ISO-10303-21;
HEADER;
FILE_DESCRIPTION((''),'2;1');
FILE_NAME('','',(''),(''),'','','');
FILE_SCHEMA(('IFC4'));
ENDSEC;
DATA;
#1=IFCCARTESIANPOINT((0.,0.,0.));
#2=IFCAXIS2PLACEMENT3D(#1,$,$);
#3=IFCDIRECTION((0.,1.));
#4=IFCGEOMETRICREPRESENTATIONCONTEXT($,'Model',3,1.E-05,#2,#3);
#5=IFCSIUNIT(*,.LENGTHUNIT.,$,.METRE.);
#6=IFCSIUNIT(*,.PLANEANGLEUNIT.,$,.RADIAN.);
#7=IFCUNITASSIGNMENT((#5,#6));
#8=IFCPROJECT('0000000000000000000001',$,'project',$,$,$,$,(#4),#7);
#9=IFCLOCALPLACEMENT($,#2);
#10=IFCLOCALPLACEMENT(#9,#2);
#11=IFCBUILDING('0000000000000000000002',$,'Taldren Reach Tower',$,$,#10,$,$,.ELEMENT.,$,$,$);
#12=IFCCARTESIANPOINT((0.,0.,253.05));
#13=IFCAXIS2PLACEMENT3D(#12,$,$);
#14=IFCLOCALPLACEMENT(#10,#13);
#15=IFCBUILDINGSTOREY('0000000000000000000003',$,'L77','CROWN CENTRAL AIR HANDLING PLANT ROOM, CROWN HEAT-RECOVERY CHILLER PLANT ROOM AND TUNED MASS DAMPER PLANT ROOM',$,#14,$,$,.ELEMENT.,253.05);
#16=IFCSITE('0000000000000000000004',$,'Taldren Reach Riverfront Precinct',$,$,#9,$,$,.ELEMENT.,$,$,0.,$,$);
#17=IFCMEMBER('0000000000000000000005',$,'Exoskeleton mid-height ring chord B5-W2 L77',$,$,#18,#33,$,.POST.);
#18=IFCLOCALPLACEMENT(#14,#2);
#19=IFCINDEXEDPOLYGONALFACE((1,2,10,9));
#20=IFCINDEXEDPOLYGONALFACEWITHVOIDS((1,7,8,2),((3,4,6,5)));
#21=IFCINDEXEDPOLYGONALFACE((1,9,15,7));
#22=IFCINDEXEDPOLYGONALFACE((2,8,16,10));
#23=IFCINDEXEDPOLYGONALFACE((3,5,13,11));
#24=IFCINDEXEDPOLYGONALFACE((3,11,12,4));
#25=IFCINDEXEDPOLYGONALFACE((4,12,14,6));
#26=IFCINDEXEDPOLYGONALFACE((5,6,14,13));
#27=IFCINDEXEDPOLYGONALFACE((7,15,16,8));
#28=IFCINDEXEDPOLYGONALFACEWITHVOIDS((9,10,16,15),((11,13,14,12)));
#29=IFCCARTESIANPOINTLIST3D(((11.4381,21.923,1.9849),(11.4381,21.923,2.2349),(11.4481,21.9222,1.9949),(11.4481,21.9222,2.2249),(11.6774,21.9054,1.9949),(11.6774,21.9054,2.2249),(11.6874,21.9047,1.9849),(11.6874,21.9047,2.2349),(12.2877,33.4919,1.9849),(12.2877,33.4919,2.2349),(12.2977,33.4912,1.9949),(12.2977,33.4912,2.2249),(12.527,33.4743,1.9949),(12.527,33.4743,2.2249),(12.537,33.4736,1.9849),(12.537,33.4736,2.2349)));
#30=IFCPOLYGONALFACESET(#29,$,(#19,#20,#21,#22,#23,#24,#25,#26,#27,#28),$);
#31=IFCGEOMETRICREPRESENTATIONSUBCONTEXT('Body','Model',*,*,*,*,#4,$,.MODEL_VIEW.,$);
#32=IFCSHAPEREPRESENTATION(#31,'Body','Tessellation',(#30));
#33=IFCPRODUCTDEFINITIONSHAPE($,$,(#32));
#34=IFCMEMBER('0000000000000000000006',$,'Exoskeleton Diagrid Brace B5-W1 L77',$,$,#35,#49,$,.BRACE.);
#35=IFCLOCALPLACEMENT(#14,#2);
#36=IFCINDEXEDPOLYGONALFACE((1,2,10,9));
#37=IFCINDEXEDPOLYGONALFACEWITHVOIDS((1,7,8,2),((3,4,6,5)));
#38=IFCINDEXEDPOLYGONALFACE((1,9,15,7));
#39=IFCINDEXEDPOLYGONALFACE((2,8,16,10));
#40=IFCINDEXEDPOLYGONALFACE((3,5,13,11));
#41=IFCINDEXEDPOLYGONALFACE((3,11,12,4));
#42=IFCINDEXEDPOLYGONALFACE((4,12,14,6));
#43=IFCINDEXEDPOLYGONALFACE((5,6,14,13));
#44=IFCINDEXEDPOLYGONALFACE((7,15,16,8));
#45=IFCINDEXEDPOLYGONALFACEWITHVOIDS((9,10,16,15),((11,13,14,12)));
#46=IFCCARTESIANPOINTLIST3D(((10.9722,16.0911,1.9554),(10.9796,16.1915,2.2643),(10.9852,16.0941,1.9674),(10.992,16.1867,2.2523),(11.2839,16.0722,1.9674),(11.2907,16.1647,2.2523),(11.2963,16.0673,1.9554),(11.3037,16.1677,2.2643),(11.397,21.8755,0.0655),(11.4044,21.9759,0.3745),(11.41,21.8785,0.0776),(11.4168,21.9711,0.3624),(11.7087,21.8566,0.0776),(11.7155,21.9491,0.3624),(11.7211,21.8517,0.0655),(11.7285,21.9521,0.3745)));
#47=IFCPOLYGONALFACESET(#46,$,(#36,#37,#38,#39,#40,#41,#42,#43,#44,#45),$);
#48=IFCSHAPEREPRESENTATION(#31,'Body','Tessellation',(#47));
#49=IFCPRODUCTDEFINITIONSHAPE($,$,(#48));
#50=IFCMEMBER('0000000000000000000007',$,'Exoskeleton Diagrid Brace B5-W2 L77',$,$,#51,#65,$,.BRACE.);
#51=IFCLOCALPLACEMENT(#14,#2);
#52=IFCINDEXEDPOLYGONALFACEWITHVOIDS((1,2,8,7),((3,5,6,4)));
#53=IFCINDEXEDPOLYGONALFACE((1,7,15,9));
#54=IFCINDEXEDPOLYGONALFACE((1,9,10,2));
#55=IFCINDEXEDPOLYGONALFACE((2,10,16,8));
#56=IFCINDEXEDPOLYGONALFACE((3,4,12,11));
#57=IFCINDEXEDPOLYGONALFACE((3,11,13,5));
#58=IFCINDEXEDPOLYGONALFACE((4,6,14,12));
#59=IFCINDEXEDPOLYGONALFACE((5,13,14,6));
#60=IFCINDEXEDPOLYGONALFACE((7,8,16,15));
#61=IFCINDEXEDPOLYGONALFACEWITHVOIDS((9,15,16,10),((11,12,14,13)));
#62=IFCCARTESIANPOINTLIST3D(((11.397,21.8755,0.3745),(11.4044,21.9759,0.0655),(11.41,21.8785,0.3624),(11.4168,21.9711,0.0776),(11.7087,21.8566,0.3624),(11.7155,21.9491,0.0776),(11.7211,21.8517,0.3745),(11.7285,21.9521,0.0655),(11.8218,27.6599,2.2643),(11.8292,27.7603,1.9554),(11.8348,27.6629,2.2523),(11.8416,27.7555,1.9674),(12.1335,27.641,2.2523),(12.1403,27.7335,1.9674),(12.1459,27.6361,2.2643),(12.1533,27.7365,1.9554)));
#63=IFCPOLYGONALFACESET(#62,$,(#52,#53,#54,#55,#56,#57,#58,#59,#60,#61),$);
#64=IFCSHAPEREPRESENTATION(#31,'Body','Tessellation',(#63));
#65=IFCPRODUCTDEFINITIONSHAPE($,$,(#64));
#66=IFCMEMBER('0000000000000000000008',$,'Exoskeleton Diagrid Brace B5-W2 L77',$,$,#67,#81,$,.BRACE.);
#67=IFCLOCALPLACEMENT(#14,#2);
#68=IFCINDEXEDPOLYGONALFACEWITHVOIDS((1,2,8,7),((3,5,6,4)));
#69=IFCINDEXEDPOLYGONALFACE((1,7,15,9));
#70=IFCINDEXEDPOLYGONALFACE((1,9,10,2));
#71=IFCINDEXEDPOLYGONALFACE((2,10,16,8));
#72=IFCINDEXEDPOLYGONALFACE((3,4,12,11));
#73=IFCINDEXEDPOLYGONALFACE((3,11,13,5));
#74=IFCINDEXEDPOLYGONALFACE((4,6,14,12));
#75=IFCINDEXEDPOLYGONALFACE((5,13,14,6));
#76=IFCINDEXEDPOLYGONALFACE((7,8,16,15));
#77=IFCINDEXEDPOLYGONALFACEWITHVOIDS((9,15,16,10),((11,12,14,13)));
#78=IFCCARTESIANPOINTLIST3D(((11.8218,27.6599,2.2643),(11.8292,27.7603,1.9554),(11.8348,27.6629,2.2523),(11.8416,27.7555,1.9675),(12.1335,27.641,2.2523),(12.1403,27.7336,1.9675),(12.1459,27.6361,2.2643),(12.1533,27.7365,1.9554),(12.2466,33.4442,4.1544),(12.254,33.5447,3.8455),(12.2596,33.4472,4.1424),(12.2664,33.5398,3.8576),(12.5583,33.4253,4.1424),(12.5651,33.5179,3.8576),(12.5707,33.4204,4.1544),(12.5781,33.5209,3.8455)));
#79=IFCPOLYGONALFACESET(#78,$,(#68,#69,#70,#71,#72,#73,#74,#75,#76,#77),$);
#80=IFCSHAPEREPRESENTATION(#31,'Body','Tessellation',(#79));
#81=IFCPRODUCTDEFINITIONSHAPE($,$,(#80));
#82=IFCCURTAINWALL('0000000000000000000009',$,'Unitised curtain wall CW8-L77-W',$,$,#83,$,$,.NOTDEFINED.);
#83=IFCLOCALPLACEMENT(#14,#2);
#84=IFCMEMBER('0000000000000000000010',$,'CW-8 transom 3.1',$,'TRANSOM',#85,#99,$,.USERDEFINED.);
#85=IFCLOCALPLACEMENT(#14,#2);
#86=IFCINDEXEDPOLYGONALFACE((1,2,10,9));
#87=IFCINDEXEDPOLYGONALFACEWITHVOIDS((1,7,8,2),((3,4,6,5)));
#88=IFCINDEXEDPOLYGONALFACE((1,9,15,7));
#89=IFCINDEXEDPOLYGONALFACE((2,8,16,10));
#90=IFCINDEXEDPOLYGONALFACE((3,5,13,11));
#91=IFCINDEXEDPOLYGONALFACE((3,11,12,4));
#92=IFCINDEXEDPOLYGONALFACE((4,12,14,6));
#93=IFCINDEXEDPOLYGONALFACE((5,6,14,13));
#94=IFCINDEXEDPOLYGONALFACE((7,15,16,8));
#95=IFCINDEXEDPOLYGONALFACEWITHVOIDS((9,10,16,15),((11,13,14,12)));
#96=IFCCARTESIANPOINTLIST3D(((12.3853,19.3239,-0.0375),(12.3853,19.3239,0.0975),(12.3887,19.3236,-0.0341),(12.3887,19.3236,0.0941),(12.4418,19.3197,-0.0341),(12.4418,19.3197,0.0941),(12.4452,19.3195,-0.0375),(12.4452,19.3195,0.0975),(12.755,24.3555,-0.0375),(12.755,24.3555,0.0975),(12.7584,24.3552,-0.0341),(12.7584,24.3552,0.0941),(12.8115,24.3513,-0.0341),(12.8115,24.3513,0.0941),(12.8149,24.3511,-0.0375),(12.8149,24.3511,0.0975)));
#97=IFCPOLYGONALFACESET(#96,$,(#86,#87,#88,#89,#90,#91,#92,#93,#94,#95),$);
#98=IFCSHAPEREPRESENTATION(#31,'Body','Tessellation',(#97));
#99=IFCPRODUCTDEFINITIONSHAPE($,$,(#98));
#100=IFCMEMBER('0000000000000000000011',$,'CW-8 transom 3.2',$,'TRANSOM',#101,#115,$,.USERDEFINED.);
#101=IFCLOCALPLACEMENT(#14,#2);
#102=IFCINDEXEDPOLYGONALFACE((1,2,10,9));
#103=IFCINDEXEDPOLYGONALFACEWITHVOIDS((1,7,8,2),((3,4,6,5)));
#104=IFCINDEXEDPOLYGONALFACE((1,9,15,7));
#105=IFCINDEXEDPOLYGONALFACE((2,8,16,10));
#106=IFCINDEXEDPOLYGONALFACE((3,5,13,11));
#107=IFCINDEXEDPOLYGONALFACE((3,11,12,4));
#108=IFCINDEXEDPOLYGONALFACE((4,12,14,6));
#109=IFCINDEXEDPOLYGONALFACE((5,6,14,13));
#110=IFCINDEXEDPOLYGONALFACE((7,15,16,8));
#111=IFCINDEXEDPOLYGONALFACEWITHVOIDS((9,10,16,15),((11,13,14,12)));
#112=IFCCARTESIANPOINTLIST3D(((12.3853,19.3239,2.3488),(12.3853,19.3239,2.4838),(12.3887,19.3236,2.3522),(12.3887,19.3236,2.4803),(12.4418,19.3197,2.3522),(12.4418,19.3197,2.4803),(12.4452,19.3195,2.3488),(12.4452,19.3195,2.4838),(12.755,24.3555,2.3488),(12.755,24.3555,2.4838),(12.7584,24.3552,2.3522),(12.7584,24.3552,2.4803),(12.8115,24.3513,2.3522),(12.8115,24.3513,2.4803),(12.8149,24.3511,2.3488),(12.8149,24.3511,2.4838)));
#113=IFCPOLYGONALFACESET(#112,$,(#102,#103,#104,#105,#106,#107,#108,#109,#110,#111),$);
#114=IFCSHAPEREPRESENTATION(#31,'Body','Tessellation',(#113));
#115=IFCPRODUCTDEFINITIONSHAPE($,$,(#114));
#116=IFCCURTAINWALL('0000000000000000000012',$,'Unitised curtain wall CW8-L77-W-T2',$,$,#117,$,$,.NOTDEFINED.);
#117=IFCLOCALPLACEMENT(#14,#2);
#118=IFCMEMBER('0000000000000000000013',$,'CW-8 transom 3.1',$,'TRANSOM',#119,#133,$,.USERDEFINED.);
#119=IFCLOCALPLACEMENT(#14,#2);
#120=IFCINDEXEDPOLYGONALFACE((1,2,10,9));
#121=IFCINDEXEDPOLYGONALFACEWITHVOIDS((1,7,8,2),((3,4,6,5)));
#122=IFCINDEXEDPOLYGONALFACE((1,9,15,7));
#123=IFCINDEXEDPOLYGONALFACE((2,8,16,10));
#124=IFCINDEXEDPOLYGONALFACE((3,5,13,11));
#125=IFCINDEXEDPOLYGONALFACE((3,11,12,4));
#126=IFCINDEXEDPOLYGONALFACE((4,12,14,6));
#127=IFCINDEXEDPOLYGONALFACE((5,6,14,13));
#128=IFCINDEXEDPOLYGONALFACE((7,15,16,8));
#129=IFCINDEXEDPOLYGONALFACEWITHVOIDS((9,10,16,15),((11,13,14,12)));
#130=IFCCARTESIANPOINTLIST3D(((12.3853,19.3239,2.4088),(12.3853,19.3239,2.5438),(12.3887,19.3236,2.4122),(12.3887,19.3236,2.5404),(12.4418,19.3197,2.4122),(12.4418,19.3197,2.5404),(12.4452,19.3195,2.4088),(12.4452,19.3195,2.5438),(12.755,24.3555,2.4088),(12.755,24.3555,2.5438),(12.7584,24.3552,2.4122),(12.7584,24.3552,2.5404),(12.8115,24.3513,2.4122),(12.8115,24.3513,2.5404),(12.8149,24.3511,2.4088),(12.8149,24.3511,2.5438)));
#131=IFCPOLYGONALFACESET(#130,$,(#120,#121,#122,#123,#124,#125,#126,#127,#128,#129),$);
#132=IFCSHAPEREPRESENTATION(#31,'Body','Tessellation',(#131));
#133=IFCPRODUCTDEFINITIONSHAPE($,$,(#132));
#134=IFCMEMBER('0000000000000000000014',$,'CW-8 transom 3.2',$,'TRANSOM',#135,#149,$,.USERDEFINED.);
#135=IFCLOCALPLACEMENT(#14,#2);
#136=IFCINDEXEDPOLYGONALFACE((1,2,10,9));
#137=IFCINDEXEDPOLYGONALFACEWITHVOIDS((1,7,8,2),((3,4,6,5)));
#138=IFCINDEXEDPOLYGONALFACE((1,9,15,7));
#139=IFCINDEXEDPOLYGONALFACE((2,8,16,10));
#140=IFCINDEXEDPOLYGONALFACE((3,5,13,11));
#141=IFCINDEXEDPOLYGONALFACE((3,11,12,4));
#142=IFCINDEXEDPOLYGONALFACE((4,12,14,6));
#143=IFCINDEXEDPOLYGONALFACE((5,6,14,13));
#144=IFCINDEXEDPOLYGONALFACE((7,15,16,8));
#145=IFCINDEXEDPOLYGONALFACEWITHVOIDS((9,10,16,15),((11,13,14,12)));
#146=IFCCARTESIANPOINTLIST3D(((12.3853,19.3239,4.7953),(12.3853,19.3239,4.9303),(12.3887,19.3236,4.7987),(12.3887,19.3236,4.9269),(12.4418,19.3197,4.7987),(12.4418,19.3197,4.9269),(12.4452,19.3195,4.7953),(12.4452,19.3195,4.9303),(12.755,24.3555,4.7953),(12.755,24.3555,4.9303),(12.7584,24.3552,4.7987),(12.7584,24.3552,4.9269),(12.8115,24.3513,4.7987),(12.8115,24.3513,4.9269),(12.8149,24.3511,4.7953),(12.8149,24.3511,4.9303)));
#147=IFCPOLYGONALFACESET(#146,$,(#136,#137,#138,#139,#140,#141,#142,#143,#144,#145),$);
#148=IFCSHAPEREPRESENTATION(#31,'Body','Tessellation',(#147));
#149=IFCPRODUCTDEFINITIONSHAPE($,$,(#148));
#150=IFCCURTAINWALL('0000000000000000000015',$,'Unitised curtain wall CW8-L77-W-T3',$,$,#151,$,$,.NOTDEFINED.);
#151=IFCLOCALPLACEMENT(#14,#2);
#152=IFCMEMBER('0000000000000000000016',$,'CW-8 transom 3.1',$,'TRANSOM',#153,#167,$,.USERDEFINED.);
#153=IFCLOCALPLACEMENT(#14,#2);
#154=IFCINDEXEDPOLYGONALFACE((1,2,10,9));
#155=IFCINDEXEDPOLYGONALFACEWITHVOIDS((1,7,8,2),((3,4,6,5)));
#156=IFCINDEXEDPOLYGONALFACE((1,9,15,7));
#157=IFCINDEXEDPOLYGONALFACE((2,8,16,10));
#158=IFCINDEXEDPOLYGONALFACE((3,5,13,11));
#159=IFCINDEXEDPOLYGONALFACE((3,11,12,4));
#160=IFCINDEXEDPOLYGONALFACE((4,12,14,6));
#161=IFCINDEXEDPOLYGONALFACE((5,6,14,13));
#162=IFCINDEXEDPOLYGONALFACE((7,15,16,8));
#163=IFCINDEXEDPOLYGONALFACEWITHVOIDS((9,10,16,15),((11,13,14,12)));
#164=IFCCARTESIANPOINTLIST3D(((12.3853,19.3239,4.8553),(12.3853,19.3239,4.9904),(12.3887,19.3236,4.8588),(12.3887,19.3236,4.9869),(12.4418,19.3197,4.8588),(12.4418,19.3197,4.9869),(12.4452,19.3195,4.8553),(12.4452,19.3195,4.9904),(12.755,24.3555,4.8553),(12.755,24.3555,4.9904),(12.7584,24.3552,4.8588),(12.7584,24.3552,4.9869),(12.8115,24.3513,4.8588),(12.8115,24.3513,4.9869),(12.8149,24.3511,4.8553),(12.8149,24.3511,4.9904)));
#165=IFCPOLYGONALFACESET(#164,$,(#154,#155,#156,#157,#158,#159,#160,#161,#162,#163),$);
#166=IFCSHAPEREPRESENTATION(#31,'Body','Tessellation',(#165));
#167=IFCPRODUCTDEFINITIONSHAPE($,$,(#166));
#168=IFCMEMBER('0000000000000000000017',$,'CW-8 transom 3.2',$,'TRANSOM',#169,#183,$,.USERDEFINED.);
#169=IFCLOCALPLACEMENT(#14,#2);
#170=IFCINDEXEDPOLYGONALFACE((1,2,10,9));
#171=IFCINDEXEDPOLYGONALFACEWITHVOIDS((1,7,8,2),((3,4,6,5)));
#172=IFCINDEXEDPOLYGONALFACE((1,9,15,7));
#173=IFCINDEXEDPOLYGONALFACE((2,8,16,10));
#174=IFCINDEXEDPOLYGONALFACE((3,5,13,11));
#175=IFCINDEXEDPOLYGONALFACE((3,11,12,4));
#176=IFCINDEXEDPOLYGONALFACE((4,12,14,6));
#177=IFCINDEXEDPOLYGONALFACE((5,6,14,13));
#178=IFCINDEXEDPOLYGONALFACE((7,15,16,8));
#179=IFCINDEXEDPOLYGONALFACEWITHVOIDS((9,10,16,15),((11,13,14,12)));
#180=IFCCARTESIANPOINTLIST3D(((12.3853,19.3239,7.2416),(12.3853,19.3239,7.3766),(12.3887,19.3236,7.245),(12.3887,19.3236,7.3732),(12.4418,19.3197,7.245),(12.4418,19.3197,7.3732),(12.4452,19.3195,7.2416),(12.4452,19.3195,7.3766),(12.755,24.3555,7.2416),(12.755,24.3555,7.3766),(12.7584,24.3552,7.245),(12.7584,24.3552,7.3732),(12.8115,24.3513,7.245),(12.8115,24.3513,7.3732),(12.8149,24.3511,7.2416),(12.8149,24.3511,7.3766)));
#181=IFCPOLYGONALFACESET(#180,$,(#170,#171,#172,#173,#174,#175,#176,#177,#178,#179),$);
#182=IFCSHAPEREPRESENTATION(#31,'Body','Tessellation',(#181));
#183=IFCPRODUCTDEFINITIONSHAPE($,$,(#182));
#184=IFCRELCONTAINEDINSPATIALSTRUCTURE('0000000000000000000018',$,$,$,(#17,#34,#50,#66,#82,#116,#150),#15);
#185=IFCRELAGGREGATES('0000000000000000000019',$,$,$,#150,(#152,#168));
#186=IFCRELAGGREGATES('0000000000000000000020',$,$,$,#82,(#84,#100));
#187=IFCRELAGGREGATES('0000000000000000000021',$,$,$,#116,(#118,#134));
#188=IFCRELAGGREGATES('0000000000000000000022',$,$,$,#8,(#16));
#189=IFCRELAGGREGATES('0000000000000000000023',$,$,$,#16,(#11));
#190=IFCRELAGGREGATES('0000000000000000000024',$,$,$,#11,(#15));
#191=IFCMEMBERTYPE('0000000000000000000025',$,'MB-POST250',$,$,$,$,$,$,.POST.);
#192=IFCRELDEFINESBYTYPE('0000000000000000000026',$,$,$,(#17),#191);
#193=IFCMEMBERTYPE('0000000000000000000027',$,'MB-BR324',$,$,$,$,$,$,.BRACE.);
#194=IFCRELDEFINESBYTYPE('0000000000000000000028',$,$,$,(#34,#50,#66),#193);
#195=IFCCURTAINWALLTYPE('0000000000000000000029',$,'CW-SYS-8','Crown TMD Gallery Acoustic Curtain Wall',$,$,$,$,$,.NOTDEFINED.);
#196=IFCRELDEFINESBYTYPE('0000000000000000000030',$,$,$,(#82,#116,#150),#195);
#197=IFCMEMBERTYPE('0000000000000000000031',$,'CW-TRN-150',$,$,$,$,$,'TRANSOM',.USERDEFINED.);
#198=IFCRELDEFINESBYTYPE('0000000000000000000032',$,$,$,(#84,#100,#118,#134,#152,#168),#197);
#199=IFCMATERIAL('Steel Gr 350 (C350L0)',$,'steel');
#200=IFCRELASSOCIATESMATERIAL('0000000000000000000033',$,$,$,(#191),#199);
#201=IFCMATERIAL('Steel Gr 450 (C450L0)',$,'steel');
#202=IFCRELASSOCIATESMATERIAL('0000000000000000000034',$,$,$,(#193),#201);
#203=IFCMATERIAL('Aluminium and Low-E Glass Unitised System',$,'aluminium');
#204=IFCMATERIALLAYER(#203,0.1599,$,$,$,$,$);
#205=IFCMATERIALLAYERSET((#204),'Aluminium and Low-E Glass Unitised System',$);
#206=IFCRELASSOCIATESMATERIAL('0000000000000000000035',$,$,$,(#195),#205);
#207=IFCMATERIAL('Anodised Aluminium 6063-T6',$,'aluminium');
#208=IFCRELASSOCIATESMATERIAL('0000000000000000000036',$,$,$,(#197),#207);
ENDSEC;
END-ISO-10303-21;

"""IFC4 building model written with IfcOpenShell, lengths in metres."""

from ifc_helpers import new_model, si_unit, direction, frame, origin, origin_2d, place, context, subcontext, project, spatial, hollow_rectangle, extrude, source, transform, mapped, material, layer, layer_set, material_profile, profile_set, type_object, element, aggregate, save


model = new_model("IFC4")

# Units and contexts
model_context = context("Model", 3, precision=1e-05, world=origin(), true_north=direction((0.0, 1.0)))
body_context = subcontext(model_context, "Body", "Model", "MODEL_VIEW")
ifc_project = project(units=[si_unit("LENGTHUNIT", "METRE"), si_unit("PLANEANGLEUNIT", "RADIAN")], contexts=[model_context])

# Site, building, storey
site_placement = place(None, origin())
site = spatial("IfcSite", under=ifc_project, at=site_placement, Name="Taldren Reach Riverfront Precinct", CompositionType="ELEMENT", RefElevation=0.0)
building_placement = place(site_placement, origin())
building = spatial("IfcBuilding", under=site, at=building_placement, Name="Taldren Reach Tower", CompositionType="ELEMENT")
storey_placement = place(building_placement, frame((0.0, 0.0, 253.05)))
storey = spatial("IfcBuildingStorey", under=building, at=storey_placement, Name="L77", Description="CROWN CENTRAL AIR HANDLING PLANT ROOM, CROWN HEAT-RECOVERY CHILLER PLANT ROOM AND TUNED MASS DAMPER PLANT ROOM", CompositionType="ELEMENT", Elevation=253.05)

# Members
ifc_material_1 = material(Name="Steel Gr 350 (C350L0)", Category="steel")
ifc_material_profile_1 = material_profile(ifc_material_1, hollow_rectangle(XDim=0.25, YDim=0.25, WallThickness=0.01, at=origin_2d()), Name="250x250x10.0SHS")
ifc_profile_set_1 = profile_set([ifc_material_profile_1], Name="Steel Gr 350 (C350L0)")
member_type_1 = type_object("IfcMemberType", Name="MB-POST250", PredefinedType="POST", material=ifc_profile_set_1)
shared_shape_1 = source(origin(), body_context, "Body", "SweptSolid", [
    extrude(hollow_rectangle(XDim=0.25, YDim=0.25, WallThickness=0.01, at=origin_2d()), origin(), (0.0, 0.0, 1.0), 11.6001),
])
member_1_placement = place(storey_placement, frame((11.5627, 21.9138, 2.1099), z_axis=(0.073242, 0.997314, 0.0), x_axis=(-0.997314, 0.073242, 0.0)))
element("IfcMember", 1, at=member_1_placement, inside=storey, type_object=member_type_1, Name="Exoskeleton mid-height ring chord B5-W2 L77", PredefinedType="POST", context=body_context, shape_type="MappedRepresentation", body=[
    mapped(shared_shape_1, transform((0.0, 0.0, 0.0), scale=1.0)),
])
ifc_material_2 = material(Name="Steel Gr 450 (C450L0)", Category="steel")
ifc_material_profile_2 = material_profile(ifc_material_2, hollow_rectangle(XDim=0.325, YDim=0.325, WallThickness=0.0127, at=origin_2d()), Name="325x325x12.7SHS")
ifc_profile_set_2 = profile_set([ifc_material_profile_2], Name="Steel Gr 450 (C450L0)")
member_type_2 = type_object("IfcMemberType", Name="MB-BR324", PredefinedType="BRACE", material=ifc_profile_set_2)
shared_shape_2 = source(origin(), body_context, "Body", "SweptSolid", [
    extrude(hollow_rectangle(XDim=0.325, YDim=0.325, WallThickness=0.0127, at=origin_2d()), origin(), (0.0, 0.0, 1.0), 6.1001),
])
for number, where, z_axis, x_axis, name in (
    (2, (11.5627, 21.9138, 0.22), (-0.069639, -0.948244, 0.309811), (0.997314, -0.073242, 0.0), "Exoskeleton Diagrid Brace B5-W1 L77"),
    (3, (11.5627, 21.9138, 0.22), (0.069639, 0.948244, 0.309811), (-0.997314, 0.073242, 0.0), "Exoskeleton Diagrid Brace B5-W2 L77"),
    (4, (11.9875, 27.6982, 2.1099), (0.069638, 0.948233, 0.309848), (-0.997314, 0.073242, 0.0), "Exoskeleton Diagrid Brace B5-W2 L77"),
):
    element("IfcMember", number, at=place(storey_placement, frame(where, z_axis=z_axis, x_axis=x_axis)), inside=storey, type_object=member_type_2, Name=name, PredefinedType="BRACE", context=body_context, shape_type="MappedRepresentation", body=[
        mapped(shared_shape_2, transform((0.0, 0.0, 0.0), scale=1.0)),
    ])

# Curtain walls, members
ifc_material_3 = material(Name="Aluminium and Low-E Glass Unitised System", Category="aluminium")
ifc_layer_1 = layer(ifc_material_3, 0.1599)
ifc_layer_set_1 = layer_set([ifc_layer_1], Name="Aluminium and Low-E Glass Unitised System")
curtain_wall_type = type_object("IfcCurtainWallType", Name="CW-SYS-8", Description="Crown TMD Gallery Acoustic Curtain Wall", PredefinedType="NOTDEFINED", material=ifc_layer_set_1)
curtain_wall_1_placement = place(storey_placement, origin())
curtain_wall_1 = element("IfcCurtainWall", 5, at=curtain_wall_1_placement, inside=storey, type_object=curtain_wall_type, Name="Unitised curtain wall CW8-L77-W", PredefinedType="NOTDEFINED")
ifc_material_4 = material(Name="Anodised Aluminium 6063-T6", Category="aluminium")
ifc_material_profile_3 = material_profile(ifc_material_4, hollow_rectangle(XDim=0.0601, YDim=0.135, WallThickness=0.0034, at=origin_2d()), Name="ALU-135x60x3.5RHS")
ifc_profile_set_3 = profile_set([ifc_material_profile_3], Name="Anodised Aluminium 6063-T6")
member_type_3 = type_object("IfcMemberType", Name="CW-TRN-150", ElementType="TRANSOM", PredefinedType="USERDEFINED", material=ifc_profile_set_3)
shared_shape_3 = source(origin(), body_context, "Body", "SweptSolid", [
    extrude(hollow_rectangle(XDim=0.0601, YDim=0.135, WallThickness=0.0034, at=origin_2d()), origin(), (0.0, 0.0, 1.0), 5.0452),
])
member_2_placement = place(storey_placement, frame((12.7849, 24.3533, 0.03), z_axis=(-0.073266, -0.997312, 0.0), x_axis=(0.997312, -0.073266, 0.0)))
member_2 = element("IfcMember", 6, at=member_2_placement, type_object=member_type_3, Name="CW-8 transom 3.1", ObjectType="TRANSOM", PredefinedType="USERDEFINED", context=body_context, shape_type="MappedRepresentation", body=[
    mapped(shared_shape_3, transform((0.0, 0.0, 0.0), scale=1.0)),
])
member_3_placement = place(storey_placement, frame((12.7849, 24.3533, 2.4163), z_axis=(-0.073266, -0.997312, 0.0), x_axis=(0.997312, -0.073266, 0.0)))
member_3 = element("IfcMember", 7, at=member_3_placement, type_object=member_type_3, Name="CW-8 transom 3.2", ObjectType="TRANSOM", PredefinedType="USERDEFINED", context=body_context, shape_type="MappedRepresentation", body=[
    mapped(shared_shape_3, transform((0.0, 0.0, 0.0), scale=1.0)),
])
curtain_wall_2_placement = place(storey_placement, origin())
curtain_wall_2 = element("IfcCurtainWall", 8, at=curtain_wall_2_placement, inside=storey, type_object=curtain_wall_type, Name="Unitised curtain wall CW8-L77-W-T2", PredefinedType="NOTDEFINED")
member_4_placement = place(storey_placement, frame((12.7849, 24.3533, 2.4763), z_axis=(-0.073266, -0.997312, 0.0), x_axis=(0.997312, -0.073266, 0.0)))
member_4 = element("IfcMember", 9, at=member_4_placement, type_object=member_type_3, Name="CW-8 transom 3.1", ObjectType="TRANSOM", PredefinedType="USERDEFINED", context=body_context, shape_type="MappedRepresentation", body=[
    mapped(shared_shape_3, transform((0.0, 0.0, 0.0), scale=1.0)),
])
member_5_placement = place(storey_placement, frame((12.7849, 24.3533, 4.8628), z_axis=(-0.073266, -0.997312, 0.0), x_axis=(0.997312, -0.073266, 0.0)))
member_5 = element("IfcMember", 10, at=member_5_placement, type_object=member_type_3, Name="CW-8 transom 3.2", ObjectType="TRANSOM", PredefinedType="USERDEFINED", context=body_context, shape_type="MappedRepresentation", body=[
    mapped(shared_shape_3, transform((0.0, 0.0, 0.0), scale=1.0)),
])
curtain_wall_3_placement = place(storey_placement, origin())
curtain_wall_3 = element("IfcCurtainWall", 11, at=curtain_wall_3_placement, inside=storey, type_object=curtain_wall_type, Name="Unitised curtain wall CW8-L77-W-T3", PredefinedType="NOTDEFINED")
member_6_placement = place(storey_placement, frame((12.7849, 24.3533, 4.9229), z_axis=(-0.073266, -0.997312, 0.0), x_axis=(0.997312, -0.073266, 0.0)))
member_6 = element("IfcMember", 12, at=member_6_placement, type_object=member_type_3, Name="CW-8 transom 3.1", ObjectType="TRANSOM", PredefinedType="USERDEFINED", context=body_context, shape_type="MappedRepresentation", body=[
    mapped(shared_shape_3, transform((0.0, 0.0, 0.0), scale=1.0)),
])
member_7_placement = place(storey_placement, frame((12.7849, 24.3533, 7.3091), z_axis=(-0.073266, -0.997312, 0.0), x_axis=(0.997312, -0.073266, 0.0)))
member_7 = element("IfcMember", 13, at=member_7_placement, type_object=member_type_3, Name="CW-8 transom 3.2", ObjectType="TRANSOM", PredefinedType="USERDEFINED", context=body_context, shape_type="MappedRepresentation", body=[
    mapped(shared_shape_3, transform((0.0, 0.0, 0.0), scale=1.0)),
])

aggregate(curtain_wall_3, [member_6, member_7])
aggregate(curtain_wall_1, [member_2, member_3])
aggregate(curtain_wall_2, [member_4, member_5])

save(model, "model.ifc")
